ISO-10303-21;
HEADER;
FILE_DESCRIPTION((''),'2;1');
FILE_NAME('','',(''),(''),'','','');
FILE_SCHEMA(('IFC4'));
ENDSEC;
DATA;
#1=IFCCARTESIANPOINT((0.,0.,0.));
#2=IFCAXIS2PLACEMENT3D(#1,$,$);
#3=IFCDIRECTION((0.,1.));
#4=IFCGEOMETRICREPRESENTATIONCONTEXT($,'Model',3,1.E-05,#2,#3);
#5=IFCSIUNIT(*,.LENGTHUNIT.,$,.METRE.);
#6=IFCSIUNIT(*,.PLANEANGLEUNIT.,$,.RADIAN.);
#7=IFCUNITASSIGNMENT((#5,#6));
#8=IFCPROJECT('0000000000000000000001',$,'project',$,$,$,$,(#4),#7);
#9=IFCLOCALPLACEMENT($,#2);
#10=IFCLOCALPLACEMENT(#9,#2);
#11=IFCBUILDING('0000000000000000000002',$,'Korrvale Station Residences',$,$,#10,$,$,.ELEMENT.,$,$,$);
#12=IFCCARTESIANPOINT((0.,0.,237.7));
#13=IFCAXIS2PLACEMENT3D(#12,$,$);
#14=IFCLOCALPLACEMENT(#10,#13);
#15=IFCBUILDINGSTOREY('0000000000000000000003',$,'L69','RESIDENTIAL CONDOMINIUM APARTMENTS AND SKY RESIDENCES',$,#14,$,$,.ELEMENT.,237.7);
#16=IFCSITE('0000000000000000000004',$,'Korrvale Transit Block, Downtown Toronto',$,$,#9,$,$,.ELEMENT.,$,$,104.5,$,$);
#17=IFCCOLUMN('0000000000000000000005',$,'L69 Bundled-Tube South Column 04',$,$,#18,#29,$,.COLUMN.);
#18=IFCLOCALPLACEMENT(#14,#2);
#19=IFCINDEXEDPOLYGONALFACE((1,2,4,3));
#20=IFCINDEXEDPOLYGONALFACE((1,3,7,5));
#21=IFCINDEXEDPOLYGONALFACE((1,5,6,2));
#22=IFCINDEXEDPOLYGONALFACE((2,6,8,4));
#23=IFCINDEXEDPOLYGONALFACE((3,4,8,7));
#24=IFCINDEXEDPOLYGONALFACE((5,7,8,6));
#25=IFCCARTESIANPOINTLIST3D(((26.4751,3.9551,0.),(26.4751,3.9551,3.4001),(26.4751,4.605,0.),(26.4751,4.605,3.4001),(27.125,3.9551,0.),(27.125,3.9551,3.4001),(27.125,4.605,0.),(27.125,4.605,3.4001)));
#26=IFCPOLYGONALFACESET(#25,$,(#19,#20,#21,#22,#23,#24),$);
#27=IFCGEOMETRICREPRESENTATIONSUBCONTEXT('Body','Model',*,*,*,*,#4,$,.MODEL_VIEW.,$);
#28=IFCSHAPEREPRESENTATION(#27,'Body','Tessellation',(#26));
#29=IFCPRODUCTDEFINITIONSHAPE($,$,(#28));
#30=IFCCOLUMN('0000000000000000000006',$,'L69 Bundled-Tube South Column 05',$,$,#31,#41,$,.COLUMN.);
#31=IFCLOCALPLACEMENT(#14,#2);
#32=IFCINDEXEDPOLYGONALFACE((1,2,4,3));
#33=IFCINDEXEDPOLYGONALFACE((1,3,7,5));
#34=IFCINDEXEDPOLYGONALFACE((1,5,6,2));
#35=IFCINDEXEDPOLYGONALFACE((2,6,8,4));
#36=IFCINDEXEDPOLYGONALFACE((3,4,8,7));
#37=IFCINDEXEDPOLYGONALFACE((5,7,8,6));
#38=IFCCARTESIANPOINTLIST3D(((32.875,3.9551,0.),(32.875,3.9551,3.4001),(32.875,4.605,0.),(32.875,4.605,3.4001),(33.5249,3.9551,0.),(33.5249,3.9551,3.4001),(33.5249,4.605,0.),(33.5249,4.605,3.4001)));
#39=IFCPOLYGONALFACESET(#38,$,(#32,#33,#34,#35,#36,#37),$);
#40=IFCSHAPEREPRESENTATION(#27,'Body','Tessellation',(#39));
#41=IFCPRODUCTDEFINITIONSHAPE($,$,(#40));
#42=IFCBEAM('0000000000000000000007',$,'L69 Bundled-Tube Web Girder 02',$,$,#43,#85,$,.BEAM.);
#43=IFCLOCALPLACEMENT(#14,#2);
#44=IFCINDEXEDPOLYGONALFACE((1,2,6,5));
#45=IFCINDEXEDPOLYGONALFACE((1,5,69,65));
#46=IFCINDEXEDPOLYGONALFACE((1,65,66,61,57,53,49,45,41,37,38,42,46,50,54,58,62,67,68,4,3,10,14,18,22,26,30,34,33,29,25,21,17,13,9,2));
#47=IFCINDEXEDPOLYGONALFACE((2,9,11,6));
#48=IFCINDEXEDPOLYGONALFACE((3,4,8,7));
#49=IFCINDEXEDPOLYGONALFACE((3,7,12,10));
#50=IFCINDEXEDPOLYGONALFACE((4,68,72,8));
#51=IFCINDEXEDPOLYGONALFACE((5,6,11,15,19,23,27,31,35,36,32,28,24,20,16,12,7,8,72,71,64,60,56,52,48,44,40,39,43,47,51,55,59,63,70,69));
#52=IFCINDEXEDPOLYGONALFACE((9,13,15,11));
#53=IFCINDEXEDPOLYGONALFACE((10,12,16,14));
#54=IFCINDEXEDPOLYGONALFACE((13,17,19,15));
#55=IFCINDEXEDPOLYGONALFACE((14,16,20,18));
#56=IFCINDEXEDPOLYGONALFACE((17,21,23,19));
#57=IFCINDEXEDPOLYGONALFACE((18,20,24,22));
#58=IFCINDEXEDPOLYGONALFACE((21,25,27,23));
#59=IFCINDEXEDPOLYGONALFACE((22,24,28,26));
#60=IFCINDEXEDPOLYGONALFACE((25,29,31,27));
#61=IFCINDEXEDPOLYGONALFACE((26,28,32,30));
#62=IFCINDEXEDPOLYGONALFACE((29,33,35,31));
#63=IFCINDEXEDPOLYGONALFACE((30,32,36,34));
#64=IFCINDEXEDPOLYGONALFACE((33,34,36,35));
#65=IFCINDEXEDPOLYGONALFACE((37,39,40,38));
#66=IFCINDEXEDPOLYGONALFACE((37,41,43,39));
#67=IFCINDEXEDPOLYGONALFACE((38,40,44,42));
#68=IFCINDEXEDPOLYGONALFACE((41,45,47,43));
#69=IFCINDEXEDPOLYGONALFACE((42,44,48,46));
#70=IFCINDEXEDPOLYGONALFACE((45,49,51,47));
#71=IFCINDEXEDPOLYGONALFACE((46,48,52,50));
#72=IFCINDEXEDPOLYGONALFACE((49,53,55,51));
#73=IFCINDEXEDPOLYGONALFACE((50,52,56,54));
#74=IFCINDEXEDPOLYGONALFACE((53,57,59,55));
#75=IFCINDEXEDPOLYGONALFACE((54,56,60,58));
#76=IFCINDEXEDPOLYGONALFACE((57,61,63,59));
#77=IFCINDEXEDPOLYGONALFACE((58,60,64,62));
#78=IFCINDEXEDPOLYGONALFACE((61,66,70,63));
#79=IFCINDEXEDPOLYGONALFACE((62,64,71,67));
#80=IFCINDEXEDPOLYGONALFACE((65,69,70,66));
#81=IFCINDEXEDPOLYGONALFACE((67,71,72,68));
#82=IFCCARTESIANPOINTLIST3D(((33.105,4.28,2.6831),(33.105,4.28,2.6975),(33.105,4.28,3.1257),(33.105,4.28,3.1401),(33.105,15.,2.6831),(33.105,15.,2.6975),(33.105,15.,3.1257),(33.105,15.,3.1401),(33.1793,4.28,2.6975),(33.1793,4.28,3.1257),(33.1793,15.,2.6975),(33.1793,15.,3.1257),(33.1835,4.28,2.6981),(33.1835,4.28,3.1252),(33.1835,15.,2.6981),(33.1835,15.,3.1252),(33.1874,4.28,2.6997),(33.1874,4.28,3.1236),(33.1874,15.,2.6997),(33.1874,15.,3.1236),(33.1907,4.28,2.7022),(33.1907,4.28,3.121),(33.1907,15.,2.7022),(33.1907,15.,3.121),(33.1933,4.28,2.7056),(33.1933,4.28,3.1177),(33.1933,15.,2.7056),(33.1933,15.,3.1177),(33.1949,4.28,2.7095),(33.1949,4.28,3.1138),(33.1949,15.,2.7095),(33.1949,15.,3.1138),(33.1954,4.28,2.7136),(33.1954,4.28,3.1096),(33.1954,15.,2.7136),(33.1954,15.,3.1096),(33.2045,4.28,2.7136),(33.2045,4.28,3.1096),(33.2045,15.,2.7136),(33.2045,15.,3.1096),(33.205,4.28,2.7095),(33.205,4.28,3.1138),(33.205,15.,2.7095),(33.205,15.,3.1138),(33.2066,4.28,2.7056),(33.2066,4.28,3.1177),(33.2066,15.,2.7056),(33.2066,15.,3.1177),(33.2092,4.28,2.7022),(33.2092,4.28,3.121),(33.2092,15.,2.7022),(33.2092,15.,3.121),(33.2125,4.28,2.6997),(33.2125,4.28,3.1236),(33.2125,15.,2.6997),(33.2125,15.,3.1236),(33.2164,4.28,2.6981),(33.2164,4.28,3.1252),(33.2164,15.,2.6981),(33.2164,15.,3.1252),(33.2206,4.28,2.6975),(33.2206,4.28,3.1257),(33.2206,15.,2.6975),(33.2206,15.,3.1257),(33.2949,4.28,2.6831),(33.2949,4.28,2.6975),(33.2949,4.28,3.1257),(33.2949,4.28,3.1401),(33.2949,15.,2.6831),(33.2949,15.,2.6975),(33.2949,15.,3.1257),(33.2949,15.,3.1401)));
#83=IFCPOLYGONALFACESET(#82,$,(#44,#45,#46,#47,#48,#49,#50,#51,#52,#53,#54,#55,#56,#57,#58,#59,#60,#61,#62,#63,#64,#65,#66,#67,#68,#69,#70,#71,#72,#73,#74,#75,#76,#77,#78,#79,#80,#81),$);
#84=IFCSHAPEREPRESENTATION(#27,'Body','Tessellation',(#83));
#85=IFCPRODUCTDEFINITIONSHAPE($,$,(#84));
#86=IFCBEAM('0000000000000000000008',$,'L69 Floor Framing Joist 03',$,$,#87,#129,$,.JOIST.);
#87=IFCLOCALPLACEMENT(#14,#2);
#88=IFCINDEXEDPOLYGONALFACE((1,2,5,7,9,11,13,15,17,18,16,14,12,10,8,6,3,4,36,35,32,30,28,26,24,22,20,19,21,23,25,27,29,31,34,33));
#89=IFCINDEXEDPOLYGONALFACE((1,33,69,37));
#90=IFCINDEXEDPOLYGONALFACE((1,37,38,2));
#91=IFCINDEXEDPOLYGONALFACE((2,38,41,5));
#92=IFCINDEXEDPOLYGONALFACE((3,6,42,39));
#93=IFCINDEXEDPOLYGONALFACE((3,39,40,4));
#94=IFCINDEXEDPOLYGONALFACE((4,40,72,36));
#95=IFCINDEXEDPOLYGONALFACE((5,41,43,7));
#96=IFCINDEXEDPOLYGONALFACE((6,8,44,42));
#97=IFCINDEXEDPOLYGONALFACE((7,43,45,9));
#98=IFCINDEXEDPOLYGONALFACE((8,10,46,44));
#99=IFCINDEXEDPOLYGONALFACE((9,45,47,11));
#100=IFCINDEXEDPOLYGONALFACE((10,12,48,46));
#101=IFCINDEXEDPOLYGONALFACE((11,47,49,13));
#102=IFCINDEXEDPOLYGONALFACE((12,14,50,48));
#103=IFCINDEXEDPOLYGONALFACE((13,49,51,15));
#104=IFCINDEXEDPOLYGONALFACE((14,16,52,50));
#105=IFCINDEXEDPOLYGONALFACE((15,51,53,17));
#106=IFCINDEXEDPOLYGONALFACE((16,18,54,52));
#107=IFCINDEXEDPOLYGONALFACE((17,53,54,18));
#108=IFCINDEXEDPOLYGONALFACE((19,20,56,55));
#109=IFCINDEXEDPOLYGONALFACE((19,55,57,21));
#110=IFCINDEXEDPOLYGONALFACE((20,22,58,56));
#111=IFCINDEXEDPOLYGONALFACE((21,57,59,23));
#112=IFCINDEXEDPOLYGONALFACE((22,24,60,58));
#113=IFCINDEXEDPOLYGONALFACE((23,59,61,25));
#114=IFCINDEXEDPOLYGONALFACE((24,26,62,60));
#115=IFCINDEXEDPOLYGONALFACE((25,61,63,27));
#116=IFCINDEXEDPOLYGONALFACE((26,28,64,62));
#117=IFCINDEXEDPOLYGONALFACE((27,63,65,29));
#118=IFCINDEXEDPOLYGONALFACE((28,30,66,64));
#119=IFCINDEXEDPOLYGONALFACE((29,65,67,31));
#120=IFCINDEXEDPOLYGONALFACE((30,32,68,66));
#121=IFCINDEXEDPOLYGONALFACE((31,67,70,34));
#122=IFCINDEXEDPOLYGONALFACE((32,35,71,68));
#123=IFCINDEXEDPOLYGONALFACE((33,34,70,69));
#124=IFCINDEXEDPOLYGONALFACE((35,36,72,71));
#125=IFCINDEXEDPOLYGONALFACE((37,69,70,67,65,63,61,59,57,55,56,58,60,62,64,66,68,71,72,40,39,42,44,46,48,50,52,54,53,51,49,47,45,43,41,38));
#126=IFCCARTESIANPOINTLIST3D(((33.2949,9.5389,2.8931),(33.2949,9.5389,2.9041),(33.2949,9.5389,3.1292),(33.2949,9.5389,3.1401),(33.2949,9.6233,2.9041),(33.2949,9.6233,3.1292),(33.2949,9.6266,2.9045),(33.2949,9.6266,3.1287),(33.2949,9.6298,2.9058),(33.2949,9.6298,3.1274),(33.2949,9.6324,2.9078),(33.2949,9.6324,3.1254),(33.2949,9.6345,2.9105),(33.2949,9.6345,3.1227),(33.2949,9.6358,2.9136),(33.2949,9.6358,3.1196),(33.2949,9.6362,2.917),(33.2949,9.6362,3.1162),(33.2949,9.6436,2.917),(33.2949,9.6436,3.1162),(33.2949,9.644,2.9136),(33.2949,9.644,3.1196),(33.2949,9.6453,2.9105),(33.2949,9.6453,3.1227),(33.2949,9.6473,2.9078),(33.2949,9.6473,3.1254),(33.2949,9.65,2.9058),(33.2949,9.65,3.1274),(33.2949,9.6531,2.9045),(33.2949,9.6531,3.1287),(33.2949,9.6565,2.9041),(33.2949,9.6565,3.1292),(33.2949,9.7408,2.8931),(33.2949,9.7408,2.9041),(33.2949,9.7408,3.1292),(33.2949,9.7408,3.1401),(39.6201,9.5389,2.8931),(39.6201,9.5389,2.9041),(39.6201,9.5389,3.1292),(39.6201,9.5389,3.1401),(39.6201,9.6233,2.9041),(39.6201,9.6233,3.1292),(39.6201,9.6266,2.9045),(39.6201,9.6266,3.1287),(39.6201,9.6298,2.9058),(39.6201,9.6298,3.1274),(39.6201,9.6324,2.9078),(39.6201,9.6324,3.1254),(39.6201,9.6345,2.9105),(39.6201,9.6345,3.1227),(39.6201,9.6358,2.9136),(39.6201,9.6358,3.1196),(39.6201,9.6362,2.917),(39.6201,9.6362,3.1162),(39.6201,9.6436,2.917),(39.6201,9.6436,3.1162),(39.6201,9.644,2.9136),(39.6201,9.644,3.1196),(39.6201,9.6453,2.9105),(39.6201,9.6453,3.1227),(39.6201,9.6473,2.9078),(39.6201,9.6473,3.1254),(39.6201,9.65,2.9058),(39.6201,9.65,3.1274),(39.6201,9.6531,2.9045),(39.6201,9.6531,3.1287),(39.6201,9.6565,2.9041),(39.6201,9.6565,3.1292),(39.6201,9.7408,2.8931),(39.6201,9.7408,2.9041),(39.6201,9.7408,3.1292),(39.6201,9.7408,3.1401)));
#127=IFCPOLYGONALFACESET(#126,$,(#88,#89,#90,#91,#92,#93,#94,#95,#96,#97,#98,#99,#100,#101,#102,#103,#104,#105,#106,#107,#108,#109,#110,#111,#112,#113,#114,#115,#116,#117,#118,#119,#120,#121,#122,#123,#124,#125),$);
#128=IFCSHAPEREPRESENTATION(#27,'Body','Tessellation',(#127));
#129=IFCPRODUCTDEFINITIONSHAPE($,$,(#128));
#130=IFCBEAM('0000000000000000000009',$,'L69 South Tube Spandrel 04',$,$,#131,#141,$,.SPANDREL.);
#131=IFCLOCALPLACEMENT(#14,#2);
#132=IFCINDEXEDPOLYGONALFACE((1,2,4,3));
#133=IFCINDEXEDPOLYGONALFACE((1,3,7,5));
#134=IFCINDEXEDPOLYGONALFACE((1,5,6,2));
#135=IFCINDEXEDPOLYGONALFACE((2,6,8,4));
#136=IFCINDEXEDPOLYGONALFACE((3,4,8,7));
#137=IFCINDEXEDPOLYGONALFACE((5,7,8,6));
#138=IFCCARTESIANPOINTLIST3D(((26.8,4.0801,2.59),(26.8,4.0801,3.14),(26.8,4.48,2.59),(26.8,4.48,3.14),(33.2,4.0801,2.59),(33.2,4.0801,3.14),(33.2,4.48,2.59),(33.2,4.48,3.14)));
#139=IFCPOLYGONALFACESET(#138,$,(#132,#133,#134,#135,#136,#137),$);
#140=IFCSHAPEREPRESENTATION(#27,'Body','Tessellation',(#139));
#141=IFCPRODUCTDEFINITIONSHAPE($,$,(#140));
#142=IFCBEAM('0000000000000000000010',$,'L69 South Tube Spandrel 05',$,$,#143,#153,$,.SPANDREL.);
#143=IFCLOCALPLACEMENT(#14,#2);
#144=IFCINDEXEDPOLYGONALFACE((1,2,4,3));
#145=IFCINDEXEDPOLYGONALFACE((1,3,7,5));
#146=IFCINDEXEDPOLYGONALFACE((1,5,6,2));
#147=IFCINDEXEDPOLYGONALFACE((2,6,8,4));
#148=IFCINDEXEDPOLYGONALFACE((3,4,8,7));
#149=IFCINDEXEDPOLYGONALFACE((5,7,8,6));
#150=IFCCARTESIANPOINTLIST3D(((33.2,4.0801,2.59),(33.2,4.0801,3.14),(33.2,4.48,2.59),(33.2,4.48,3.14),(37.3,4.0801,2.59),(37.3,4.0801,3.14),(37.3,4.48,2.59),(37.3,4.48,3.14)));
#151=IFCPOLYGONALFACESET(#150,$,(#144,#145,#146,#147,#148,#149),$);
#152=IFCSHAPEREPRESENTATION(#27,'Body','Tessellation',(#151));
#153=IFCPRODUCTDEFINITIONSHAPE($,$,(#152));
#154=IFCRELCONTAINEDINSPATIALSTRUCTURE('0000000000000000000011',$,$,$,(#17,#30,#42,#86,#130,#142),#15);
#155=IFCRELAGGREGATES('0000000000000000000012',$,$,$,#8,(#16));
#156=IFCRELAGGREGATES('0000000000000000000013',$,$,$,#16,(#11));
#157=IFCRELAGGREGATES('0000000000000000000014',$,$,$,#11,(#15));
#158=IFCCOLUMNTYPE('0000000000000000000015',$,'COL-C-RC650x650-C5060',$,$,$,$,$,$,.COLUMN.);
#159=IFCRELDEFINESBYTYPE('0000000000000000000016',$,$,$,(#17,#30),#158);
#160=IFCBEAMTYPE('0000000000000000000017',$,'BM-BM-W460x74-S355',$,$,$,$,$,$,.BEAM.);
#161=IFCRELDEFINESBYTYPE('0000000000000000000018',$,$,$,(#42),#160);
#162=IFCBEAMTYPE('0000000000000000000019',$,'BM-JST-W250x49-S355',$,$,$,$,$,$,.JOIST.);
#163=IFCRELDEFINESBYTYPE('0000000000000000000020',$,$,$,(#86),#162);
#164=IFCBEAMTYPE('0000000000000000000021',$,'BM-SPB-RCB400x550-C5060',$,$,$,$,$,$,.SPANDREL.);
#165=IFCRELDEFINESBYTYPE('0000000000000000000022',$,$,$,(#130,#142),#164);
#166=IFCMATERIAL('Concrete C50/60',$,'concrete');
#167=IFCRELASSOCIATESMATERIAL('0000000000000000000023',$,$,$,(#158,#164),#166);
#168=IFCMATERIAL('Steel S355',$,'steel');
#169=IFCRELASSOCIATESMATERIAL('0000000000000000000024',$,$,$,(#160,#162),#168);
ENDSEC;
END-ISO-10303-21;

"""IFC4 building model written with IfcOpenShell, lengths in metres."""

from ifc_helpers import new_model, si_unit, direction, frame, origin, origin_2d, place, context, subcontext, project, spatial, rectangle, i_section, extrude, material, material_profile, profile_set, type_object, element, save


model = new_model("IFC4")

# Units and contexts
model_context = context("Model", 3, precision=1e-05, world=origin(), true_north=direction((0.0, 1.0)))
body_context = subcontext(model_context, "Body", "Model", "MODEL_VIEW")
ifc_project = project(units=[si_unit("LENGTHUNIT", "METRE"), si_unit("PLANEANGLEUNIT", "RADIAN")], contexts=[model_context])

# Site, building, storey
site_placement = place(None, origin())
site = spatial("IfcSite", under=ifc_project, at=site_placement, Name="Korrvale Transit Block, Downtown Toronto", CompositionType="ELEMENT", RefElevation=104.5)
building_placement = place(site_placement, origin())
building = spatial("IfcBuilding", under=site, at=building_placement, Name="Korrvale Station Residences", CompositionType="ELEMENT")
storey_placement = place(building_placement, frame((0.0, 0.0, 237.7)))
storey = spatial("IfcBuildingStorey", under=building, at=storey_placement, Name="L69", Description="RESIDENTIAL CONDOMINIUM APARTMENTS AND SKY RESIDENCES", CompositionType="ELEMENT", Elevation=237.7)

# Columns
ifc_material_1 = material(Name="Concrete C50/60", Category="concrete")
ifc_material_profile_1 = material_profile(ifc_material_1, rectangle(XDim=0.6499, YDim=0.6499, at=origin_2d()), Name="RC650x650")
ifc_profile_set_1 = profile_set([ifc_material_profile_1], Name="Concrete C50/60")
column_type = type_object("IfcColumnType", Name="COL-C-RC650x650-C5060", PredefinedType="COLUMN", material=ifc_profile_set_1)
for number, where, z_axis, x_axis, name in (
    (1, (26.8, 4.28, 0.0), (0.0, 0.0, 1.0), (1.0, 0.0, 0.0), "L69 Bundled-Tube South Column 04"),
    (2, (33.2, 4.28, 0.0), (0.0, 0.0, 1.0), (1.0, 0.0, 0.0), "L69 Bundled-Tube South Column 05"),
):
    element("IfcColumn", number, at=place(storey_placement, frame(where, z_axis=z_axis, x_axis=x_axis)), inside=storey, type_object=column_type, Name=name, PredefinedType="COLUMN", context=body_context, shape_type="SweptSolid", body=[
        extrude(rectangle(XDim=0.6499, YDim=0.6499, at=origin_2d()), origin(), (0.0, 0.0, 1.0), 3.4001),
    ])

# Beams
ifc_material_2 = material(Name="Steel S355", Category="steel")
ifc_material_profile_2 = material_profile(ifc_material_2, i_section(OverallWidth=0.1899, OverallDepth=0.457, WebThickness=0.009, FlangeThickness=0.0144, FilletRadius=0.0161, at=origin_2d()), Name="W460x74")
ifc_profile_set_2 = profile_set([ifc_material_profile_2], Name="Steel S355")
beam_type_1 = type_object("IfcBeamType", Name="BM-BM-W460x74-S355", PredefinedType="BEAM", material=ifc_profile_set_2)
beam_1_placement = place(storey_placement, frame((33.2, 4.28, 2.9116), z_axis=(0.0, 1.0, 0.0), x_axis=(-1.0, 0.0, 0.0)))
element("IfcBeam", 3, at=beam_1_placement, inside=storey, type_object=beam_type_1, Name="L69 Bundled-Tube Web Girder 02", PredefinedType="BEAM", context=body_context, shape_type="SweptSolid", body=[
    extrude(i_section(OverallWidth=0.1899, OverallDepth=0.457, WebThickness=0.009, FlangeThickness=0.0144, FilletRadius=0.0161, at=origin_2d()), origin(), (0.0, 0.0, 1.0), 10.72),
])
ifc_material_profile_3 = material_profile(ifc_material_2, i_section(OverallWidth=0.2019, OverallDepth=0.2471, WebThickness=0.0073, FlangeThickness=0.011, FilletRadius=0.0129, at=origin_2d()), Name="W250x49")
ifc_profile_set_3 = profile_set([ifc_material_profile_3], Name="Steel S355")
beam_type_2 = type_object("IfcBeamType", Name="BM-JST-W250x49-S355", PredefinedType="JOIST", material=ifc_profile_set_3)
beam_2_placement = place(storey_placement, frame((33.2949, 9.6399, 3.0166), z_axis=(1.0, 0.0, 0.0), x_axis=(0.0, 1.0, 0.0)))
element("IfcBeam", 4, at=beam_2_placement, inside=storey, type_object=beam_type_2, Name="L69 Floor Framing Joist 03", PredefinedType="JOIST", context=body_context, shape_type="SweptSolid", body=[
    extrude(i_section(OverallWidth=0.2019, OverallDepth=0.2471, WebThickness=0.0073, FlangeThickness=0.011, FilletRadius=0.0129, at=origin_2d()), origin(), (0.0, 0.0, 1.0), 6.3252),
])
ifc_material_profile_4 = material_profile(ifc_material_1, rectangle(XDim=0.3999, YDim=0.55, at=origin_2d()), Name="RCB400x550")
ifc_profile_set_4 = profile_set([ifc_material_profile_4], Name="Concrete C50/60")
beam_type_3 = type_object("IfcBeamType", Name="BM-SPB-RCB400x550-C5060", PredefinedType="SPANDREL", material=ifc_profile_set_4)
beam_3_placement = place(storey_placement, frame((26.8, 4.28, 2.865), z_axis=(1.0, 0.0, 0.0), x_axis=(0.0, 1.0, 0.0)))
element("IfcBeam", 5, at=beam_3_placement, inside=storey, type_object=beam_type_3, Name="L69 South Tube Spandrel 04", PredefinedType="SPANDREL", context=body_context, shape_type="SweptSolid", body=[
    extrude(rectangle(XDim=0.3999, YDim=0.55, at=origin_2d()), origin(), (0.0, 0.0, 1.0), 6.3999),
])
beam_4_placement = place(storey_placement, frame((33.2, 4.28, 2.865), z_axis=(1.0, 0.0, 0.0), x_axis=(0.0, 1.0, 0.0)))
element("IfcBeam", 6, at=beam_4_placement, inside=storey, type_object=beam_type_3, Name="L69 South Tube Spandrel 05", PredefinedType="SPANDREL", context=body_context, shape_type="SweptSolid", body=[
    extrude(rectangle(XDim=0.3999, YDim=0.55, at=origin_2d()), origin(), (0.0, 0.0, 1.0), 4.1001),
])

save(model, "model.ifc")
